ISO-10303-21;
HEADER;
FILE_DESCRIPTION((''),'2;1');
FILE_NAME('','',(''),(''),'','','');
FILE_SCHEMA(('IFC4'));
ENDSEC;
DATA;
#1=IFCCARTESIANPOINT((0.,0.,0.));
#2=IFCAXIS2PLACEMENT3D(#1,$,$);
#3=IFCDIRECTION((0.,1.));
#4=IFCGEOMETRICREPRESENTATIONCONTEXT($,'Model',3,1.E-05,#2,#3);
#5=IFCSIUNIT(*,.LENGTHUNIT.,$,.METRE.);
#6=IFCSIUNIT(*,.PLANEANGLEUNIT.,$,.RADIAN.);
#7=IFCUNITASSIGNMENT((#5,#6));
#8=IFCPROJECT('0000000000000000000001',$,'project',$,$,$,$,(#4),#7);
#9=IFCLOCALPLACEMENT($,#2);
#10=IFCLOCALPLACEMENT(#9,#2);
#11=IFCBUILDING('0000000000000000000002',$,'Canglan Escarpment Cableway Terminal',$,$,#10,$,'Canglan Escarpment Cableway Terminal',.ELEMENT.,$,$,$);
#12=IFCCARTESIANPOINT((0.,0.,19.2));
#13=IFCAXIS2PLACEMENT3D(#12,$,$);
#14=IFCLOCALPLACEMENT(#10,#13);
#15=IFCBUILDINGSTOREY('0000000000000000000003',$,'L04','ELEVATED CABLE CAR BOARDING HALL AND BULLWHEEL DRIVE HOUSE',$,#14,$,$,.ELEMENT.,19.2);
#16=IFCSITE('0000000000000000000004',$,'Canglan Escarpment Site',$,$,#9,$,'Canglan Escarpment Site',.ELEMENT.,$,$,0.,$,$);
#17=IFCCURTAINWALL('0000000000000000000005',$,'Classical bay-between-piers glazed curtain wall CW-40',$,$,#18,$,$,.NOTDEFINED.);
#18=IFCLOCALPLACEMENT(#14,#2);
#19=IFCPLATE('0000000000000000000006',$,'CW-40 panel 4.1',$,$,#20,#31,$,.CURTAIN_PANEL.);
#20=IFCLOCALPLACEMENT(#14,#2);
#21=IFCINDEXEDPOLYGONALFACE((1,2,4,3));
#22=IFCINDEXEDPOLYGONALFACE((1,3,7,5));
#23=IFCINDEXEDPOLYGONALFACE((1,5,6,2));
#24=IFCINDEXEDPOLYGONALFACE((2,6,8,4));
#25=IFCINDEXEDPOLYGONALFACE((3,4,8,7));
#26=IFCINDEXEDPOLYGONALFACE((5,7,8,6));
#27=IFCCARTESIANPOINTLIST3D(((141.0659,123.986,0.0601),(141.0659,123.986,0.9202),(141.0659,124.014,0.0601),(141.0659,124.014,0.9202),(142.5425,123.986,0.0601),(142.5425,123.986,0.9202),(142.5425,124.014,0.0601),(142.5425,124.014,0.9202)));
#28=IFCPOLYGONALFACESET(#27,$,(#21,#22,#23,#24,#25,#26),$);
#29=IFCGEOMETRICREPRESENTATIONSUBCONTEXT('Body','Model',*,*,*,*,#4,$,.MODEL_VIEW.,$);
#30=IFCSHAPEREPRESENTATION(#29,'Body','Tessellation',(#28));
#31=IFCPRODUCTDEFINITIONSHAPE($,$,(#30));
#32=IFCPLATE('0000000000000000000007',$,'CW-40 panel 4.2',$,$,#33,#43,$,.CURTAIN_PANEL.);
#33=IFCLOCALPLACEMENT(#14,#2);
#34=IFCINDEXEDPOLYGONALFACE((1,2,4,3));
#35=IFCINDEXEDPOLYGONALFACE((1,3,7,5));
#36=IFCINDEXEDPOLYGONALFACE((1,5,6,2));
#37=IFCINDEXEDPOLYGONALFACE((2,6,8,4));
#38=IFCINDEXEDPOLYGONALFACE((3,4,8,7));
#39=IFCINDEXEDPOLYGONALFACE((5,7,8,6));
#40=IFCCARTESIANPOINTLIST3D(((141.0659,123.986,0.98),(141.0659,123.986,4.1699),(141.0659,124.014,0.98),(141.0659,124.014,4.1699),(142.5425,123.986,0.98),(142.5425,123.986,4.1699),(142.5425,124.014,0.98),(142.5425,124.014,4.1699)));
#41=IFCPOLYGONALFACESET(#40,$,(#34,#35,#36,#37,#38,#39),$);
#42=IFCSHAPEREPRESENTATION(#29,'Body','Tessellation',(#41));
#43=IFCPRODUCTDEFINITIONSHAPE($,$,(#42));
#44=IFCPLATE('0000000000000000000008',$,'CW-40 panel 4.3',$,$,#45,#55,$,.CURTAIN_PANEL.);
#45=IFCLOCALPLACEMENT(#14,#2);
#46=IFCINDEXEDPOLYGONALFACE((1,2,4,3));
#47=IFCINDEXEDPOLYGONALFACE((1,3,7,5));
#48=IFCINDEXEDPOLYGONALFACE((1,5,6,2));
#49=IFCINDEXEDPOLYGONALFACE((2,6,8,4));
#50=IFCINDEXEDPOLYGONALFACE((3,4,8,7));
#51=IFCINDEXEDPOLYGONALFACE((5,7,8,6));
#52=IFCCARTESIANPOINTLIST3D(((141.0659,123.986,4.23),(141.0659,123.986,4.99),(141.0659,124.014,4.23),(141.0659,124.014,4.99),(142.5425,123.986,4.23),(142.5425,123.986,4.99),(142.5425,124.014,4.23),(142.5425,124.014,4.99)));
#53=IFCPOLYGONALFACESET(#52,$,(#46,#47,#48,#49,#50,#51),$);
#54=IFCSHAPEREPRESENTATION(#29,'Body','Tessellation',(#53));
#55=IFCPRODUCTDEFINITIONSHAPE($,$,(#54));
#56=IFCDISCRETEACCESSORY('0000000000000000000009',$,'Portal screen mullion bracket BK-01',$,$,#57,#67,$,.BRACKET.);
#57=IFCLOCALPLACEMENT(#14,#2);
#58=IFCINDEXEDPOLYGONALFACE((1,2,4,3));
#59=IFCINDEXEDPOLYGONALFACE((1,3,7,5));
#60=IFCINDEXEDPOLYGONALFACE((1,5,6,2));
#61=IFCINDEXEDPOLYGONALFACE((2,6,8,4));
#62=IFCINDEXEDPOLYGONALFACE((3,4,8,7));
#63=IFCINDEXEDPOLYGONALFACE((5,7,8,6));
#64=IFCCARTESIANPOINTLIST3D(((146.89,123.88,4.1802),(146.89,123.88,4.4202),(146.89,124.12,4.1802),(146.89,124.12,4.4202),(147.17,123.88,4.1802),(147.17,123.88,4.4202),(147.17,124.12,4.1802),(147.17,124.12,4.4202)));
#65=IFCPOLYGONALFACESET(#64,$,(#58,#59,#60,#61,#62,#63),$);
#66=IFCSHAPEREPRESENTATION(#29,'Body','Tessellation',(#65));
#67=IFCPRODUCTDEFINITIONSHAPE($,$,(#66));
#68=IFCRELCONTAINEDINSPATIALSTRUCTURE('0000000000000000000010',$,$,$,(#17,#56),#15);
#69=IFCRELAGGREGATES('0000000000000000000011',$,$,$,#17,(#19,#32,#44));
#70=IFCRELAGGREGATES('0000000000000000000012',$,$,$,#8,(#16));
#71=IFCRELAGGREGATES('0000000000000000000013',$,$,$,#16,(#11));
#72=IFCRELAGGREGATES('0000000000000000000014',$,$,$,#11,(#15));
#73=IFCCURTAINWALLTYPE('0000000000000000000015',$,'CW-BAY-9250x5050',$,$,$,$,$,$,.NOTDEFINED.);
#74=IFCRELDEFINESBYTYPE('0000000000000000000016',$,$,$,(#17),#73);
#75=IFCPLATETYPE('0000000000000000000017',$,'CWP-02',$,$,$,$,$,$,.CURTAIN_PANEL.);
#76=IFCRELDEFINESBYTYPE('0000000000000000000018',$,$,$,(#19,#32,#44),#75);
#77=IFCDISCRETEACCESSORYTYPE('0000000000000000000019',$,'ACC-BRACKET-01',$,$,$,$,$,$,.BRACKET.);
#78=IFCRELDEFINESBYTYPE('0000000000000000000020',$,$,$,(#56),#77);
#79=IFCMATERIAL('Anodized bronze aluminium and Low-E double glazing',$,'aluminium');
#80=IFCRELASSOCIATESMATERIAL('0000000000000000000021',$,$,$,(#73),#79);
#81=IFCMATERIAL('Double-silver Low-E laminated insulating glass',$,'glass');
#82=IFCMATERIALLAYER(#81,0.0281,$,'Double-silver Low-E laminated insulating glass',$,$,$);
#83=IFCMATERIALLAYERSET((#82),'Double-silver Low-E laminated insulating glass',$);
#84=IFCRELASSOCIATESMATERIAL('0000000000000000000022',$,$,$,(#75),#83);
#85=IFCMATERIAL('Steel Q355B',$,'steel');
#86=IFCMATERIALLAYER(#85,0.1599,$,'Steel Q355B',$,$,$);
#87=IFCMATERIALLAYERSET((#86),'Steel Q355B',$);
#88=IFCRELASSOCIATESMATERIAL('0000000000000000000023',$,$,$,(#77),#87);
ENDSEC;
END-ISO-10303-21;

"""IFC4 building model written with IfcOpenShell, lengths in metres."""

from ifc_helpers import new_model, si_unit, direction, frame, origin, origin_2d, place, context, subcontext, project, spatial, rectangle, extrude, material, layer, layer_set, type_object, element, aggregate, save


model = new_model("IFC4")

# Units and contexts
model_context = context("Model", 3, precision=1e-05, world=origin(), true_north=direction((0.0, 1.0)))
body_context = subcontext(model_context, "Body", "Model", "MODEL_VIEW")
ifc_project = project(units=[si_unit("LENGTHUNIT", "METRE"), si_unit("PLANEANGLEUNIT", "RADIAN")], contexts=[model_context])

# Site, building, storey
site_placement = place(None, origin())
site = spatial("IfcSite", under=ifc_project, at=site_placement, Name="Canglan Escarpment Site", LongName="Canglan Escarpment Site", CompositionType="ELEMENT", RefElevation=0.0)
building_placement = place(site_placement, origin())
building = spatial("IfcBuilding", under=site, at=building_placement, Name="Canglan Escarpment Cableway Terminal", LongName="Canglan Escarpment Cableway Terminal", CompositionType="ELEMENT")
storey_placement = place(building_placement, frame((0.0, 0.0, 19.2)))
storey = spatial("IfcBuildingStorey", under=building, at=storey_placement, Name="L04", Description="ELEVATED CABLE CAR BOARDING HALL AND BULLWHEEL DRIVE HOUSE", CompositionType="ELEMENT", Elevation=19.2)

# Curtain wall, plates
ifc_material_1 = material(Name="Anodized bronze aluminium and Low-E double glazing", Category="aluminium")
curtain_wall_type = type_object("IfcCurtainWallType", Name="CW-BAY-9250x5050", PredefinedType="NOTDEFINED", material=ifc_material_1)
curtain_wall_placement = place(storey_placement, origin())
curtain_wall = element("IfcCurtainWall", 1, at=curtain_wall_placement, inside=storey, type_object=curtain_wall_type, Name="Classical bay-between-piers glazed curtain wall CW-40", PredefinedType="NOTDEFINED")
ifc_material_2 = material(Name="Double-silver Low-E laminated insulating glass", Category="glass")
ifc_layer_1 = layer(ifc_material_2, 0.0281, Name="Double-silver Low-E laminated insulating glass")
ifc_layer_set_1 = layer_set([ifc_layer_1], Name="Double-silver Low-E laminated insulating glass")
plate_type = type_object("IfcPlateType", Name="CWP-02", PredefinedType="CURTAIN_PANEL", material=ifc_layer_set_1)
plate_1_placement = place(storey_placement, frame((141.8042, 124.0, 0.0601), z_axis=(0.0, 0.0, 1.0), x_axis=(-1.0, 0.0, 0.0)))
plate_1 = element("IfcPlate", 2, at=plate_1_placement, type_object=plate_type, Name="CW-40 panel 4.1", PredefinedType="CURTAIN_PANEL", context=body_context, shape_type="SweptSolid", body=[
    extrude(rectangle(XDim=1.4766, YDim=0.0281, at=origin_2d()), origin(), (0.0, 0.0, 1.0), 0.8601),
])
plate_2_placement = place(storey_placement, frame((141.8042, 124.0, 0.98), z_axis=(0.0, 0.0, 1.0), x_axis=(-1.0, 0.0, 0.0)))
plate_2 = element("IfcPlate", 3, at=plate_2_placement, type_object=plate_type, Name="CW-40 panel 4.2", PredefinedType="CURTAIN_PANEL", context=body_context, shape_type="SweptSolid", body=[
    extrude(rectangle(XDim=1.4766, YDim=0.0281, at=origin_2d()), origin(), (0.0, 0.0, 1.0), 3.1899),
])
plate_3_placement = place(storey_placement, frame((141.8042, 124.0, 4.23), z_axis=(0.0, 0.0, 1.0), x_axis=(-1.0, 0.0, 0.0)))
plate_3 = element("IfcPlate", 4, at=plate_3_placement, type_object=plate_type, Name="CW-40 panel 4.3", PredefinedType="CURTAIN_PANEL", context=body_context, shape_type="SweptSolid", body=[
    extrude(rectangle(XDim=1.4766, YDim=0.0281, at=origin_2d()), origin(), (0.0, 0.0, 1.0), 0.76),
])
aggregate(curtain_wall, [plate_1, plate_2, plate_3])

# Discrete accessory
ifc_material_3 = material(Name="Steel Q355B", Category="steel")
ifc_layer_2 = layer(ifc_material_3, 0.1599, Name="Steel Q355B")
ifc_layer_set_2 = layer_set([ifc_layer_2], Name="Steel Q355B")
discrete_accessory_type = type_object("IfcDiscreteAccessoryType", Name="ACC-BRACKET-01", PredefinedType="BRACKET", material=ifc_layer_set_2)
discrete_accessory_placement = place(storey_placement, frame((147.03, 124.0, 4.1802), z_axis=(0.0, 0.0, 1.0), x_axis=(1.0, 0.0, 0.0)))
element("IfcDiscreteAccessory", 5, at=discrete_accessory_placement, inside=storey, type_object=discrete_accessory_type, Name="Portal screen mullion bracket BK-01", PredefinedType="BRACKET", context=body_context, shape_type="SweptSolid", body=[
    extrude(rectangle(XDim=0.28, YDim=0.24, at=origin_2d()), origin(), (0.0, 0.0, 1.0), 0.24),
])

save(model, "model.ifc")
